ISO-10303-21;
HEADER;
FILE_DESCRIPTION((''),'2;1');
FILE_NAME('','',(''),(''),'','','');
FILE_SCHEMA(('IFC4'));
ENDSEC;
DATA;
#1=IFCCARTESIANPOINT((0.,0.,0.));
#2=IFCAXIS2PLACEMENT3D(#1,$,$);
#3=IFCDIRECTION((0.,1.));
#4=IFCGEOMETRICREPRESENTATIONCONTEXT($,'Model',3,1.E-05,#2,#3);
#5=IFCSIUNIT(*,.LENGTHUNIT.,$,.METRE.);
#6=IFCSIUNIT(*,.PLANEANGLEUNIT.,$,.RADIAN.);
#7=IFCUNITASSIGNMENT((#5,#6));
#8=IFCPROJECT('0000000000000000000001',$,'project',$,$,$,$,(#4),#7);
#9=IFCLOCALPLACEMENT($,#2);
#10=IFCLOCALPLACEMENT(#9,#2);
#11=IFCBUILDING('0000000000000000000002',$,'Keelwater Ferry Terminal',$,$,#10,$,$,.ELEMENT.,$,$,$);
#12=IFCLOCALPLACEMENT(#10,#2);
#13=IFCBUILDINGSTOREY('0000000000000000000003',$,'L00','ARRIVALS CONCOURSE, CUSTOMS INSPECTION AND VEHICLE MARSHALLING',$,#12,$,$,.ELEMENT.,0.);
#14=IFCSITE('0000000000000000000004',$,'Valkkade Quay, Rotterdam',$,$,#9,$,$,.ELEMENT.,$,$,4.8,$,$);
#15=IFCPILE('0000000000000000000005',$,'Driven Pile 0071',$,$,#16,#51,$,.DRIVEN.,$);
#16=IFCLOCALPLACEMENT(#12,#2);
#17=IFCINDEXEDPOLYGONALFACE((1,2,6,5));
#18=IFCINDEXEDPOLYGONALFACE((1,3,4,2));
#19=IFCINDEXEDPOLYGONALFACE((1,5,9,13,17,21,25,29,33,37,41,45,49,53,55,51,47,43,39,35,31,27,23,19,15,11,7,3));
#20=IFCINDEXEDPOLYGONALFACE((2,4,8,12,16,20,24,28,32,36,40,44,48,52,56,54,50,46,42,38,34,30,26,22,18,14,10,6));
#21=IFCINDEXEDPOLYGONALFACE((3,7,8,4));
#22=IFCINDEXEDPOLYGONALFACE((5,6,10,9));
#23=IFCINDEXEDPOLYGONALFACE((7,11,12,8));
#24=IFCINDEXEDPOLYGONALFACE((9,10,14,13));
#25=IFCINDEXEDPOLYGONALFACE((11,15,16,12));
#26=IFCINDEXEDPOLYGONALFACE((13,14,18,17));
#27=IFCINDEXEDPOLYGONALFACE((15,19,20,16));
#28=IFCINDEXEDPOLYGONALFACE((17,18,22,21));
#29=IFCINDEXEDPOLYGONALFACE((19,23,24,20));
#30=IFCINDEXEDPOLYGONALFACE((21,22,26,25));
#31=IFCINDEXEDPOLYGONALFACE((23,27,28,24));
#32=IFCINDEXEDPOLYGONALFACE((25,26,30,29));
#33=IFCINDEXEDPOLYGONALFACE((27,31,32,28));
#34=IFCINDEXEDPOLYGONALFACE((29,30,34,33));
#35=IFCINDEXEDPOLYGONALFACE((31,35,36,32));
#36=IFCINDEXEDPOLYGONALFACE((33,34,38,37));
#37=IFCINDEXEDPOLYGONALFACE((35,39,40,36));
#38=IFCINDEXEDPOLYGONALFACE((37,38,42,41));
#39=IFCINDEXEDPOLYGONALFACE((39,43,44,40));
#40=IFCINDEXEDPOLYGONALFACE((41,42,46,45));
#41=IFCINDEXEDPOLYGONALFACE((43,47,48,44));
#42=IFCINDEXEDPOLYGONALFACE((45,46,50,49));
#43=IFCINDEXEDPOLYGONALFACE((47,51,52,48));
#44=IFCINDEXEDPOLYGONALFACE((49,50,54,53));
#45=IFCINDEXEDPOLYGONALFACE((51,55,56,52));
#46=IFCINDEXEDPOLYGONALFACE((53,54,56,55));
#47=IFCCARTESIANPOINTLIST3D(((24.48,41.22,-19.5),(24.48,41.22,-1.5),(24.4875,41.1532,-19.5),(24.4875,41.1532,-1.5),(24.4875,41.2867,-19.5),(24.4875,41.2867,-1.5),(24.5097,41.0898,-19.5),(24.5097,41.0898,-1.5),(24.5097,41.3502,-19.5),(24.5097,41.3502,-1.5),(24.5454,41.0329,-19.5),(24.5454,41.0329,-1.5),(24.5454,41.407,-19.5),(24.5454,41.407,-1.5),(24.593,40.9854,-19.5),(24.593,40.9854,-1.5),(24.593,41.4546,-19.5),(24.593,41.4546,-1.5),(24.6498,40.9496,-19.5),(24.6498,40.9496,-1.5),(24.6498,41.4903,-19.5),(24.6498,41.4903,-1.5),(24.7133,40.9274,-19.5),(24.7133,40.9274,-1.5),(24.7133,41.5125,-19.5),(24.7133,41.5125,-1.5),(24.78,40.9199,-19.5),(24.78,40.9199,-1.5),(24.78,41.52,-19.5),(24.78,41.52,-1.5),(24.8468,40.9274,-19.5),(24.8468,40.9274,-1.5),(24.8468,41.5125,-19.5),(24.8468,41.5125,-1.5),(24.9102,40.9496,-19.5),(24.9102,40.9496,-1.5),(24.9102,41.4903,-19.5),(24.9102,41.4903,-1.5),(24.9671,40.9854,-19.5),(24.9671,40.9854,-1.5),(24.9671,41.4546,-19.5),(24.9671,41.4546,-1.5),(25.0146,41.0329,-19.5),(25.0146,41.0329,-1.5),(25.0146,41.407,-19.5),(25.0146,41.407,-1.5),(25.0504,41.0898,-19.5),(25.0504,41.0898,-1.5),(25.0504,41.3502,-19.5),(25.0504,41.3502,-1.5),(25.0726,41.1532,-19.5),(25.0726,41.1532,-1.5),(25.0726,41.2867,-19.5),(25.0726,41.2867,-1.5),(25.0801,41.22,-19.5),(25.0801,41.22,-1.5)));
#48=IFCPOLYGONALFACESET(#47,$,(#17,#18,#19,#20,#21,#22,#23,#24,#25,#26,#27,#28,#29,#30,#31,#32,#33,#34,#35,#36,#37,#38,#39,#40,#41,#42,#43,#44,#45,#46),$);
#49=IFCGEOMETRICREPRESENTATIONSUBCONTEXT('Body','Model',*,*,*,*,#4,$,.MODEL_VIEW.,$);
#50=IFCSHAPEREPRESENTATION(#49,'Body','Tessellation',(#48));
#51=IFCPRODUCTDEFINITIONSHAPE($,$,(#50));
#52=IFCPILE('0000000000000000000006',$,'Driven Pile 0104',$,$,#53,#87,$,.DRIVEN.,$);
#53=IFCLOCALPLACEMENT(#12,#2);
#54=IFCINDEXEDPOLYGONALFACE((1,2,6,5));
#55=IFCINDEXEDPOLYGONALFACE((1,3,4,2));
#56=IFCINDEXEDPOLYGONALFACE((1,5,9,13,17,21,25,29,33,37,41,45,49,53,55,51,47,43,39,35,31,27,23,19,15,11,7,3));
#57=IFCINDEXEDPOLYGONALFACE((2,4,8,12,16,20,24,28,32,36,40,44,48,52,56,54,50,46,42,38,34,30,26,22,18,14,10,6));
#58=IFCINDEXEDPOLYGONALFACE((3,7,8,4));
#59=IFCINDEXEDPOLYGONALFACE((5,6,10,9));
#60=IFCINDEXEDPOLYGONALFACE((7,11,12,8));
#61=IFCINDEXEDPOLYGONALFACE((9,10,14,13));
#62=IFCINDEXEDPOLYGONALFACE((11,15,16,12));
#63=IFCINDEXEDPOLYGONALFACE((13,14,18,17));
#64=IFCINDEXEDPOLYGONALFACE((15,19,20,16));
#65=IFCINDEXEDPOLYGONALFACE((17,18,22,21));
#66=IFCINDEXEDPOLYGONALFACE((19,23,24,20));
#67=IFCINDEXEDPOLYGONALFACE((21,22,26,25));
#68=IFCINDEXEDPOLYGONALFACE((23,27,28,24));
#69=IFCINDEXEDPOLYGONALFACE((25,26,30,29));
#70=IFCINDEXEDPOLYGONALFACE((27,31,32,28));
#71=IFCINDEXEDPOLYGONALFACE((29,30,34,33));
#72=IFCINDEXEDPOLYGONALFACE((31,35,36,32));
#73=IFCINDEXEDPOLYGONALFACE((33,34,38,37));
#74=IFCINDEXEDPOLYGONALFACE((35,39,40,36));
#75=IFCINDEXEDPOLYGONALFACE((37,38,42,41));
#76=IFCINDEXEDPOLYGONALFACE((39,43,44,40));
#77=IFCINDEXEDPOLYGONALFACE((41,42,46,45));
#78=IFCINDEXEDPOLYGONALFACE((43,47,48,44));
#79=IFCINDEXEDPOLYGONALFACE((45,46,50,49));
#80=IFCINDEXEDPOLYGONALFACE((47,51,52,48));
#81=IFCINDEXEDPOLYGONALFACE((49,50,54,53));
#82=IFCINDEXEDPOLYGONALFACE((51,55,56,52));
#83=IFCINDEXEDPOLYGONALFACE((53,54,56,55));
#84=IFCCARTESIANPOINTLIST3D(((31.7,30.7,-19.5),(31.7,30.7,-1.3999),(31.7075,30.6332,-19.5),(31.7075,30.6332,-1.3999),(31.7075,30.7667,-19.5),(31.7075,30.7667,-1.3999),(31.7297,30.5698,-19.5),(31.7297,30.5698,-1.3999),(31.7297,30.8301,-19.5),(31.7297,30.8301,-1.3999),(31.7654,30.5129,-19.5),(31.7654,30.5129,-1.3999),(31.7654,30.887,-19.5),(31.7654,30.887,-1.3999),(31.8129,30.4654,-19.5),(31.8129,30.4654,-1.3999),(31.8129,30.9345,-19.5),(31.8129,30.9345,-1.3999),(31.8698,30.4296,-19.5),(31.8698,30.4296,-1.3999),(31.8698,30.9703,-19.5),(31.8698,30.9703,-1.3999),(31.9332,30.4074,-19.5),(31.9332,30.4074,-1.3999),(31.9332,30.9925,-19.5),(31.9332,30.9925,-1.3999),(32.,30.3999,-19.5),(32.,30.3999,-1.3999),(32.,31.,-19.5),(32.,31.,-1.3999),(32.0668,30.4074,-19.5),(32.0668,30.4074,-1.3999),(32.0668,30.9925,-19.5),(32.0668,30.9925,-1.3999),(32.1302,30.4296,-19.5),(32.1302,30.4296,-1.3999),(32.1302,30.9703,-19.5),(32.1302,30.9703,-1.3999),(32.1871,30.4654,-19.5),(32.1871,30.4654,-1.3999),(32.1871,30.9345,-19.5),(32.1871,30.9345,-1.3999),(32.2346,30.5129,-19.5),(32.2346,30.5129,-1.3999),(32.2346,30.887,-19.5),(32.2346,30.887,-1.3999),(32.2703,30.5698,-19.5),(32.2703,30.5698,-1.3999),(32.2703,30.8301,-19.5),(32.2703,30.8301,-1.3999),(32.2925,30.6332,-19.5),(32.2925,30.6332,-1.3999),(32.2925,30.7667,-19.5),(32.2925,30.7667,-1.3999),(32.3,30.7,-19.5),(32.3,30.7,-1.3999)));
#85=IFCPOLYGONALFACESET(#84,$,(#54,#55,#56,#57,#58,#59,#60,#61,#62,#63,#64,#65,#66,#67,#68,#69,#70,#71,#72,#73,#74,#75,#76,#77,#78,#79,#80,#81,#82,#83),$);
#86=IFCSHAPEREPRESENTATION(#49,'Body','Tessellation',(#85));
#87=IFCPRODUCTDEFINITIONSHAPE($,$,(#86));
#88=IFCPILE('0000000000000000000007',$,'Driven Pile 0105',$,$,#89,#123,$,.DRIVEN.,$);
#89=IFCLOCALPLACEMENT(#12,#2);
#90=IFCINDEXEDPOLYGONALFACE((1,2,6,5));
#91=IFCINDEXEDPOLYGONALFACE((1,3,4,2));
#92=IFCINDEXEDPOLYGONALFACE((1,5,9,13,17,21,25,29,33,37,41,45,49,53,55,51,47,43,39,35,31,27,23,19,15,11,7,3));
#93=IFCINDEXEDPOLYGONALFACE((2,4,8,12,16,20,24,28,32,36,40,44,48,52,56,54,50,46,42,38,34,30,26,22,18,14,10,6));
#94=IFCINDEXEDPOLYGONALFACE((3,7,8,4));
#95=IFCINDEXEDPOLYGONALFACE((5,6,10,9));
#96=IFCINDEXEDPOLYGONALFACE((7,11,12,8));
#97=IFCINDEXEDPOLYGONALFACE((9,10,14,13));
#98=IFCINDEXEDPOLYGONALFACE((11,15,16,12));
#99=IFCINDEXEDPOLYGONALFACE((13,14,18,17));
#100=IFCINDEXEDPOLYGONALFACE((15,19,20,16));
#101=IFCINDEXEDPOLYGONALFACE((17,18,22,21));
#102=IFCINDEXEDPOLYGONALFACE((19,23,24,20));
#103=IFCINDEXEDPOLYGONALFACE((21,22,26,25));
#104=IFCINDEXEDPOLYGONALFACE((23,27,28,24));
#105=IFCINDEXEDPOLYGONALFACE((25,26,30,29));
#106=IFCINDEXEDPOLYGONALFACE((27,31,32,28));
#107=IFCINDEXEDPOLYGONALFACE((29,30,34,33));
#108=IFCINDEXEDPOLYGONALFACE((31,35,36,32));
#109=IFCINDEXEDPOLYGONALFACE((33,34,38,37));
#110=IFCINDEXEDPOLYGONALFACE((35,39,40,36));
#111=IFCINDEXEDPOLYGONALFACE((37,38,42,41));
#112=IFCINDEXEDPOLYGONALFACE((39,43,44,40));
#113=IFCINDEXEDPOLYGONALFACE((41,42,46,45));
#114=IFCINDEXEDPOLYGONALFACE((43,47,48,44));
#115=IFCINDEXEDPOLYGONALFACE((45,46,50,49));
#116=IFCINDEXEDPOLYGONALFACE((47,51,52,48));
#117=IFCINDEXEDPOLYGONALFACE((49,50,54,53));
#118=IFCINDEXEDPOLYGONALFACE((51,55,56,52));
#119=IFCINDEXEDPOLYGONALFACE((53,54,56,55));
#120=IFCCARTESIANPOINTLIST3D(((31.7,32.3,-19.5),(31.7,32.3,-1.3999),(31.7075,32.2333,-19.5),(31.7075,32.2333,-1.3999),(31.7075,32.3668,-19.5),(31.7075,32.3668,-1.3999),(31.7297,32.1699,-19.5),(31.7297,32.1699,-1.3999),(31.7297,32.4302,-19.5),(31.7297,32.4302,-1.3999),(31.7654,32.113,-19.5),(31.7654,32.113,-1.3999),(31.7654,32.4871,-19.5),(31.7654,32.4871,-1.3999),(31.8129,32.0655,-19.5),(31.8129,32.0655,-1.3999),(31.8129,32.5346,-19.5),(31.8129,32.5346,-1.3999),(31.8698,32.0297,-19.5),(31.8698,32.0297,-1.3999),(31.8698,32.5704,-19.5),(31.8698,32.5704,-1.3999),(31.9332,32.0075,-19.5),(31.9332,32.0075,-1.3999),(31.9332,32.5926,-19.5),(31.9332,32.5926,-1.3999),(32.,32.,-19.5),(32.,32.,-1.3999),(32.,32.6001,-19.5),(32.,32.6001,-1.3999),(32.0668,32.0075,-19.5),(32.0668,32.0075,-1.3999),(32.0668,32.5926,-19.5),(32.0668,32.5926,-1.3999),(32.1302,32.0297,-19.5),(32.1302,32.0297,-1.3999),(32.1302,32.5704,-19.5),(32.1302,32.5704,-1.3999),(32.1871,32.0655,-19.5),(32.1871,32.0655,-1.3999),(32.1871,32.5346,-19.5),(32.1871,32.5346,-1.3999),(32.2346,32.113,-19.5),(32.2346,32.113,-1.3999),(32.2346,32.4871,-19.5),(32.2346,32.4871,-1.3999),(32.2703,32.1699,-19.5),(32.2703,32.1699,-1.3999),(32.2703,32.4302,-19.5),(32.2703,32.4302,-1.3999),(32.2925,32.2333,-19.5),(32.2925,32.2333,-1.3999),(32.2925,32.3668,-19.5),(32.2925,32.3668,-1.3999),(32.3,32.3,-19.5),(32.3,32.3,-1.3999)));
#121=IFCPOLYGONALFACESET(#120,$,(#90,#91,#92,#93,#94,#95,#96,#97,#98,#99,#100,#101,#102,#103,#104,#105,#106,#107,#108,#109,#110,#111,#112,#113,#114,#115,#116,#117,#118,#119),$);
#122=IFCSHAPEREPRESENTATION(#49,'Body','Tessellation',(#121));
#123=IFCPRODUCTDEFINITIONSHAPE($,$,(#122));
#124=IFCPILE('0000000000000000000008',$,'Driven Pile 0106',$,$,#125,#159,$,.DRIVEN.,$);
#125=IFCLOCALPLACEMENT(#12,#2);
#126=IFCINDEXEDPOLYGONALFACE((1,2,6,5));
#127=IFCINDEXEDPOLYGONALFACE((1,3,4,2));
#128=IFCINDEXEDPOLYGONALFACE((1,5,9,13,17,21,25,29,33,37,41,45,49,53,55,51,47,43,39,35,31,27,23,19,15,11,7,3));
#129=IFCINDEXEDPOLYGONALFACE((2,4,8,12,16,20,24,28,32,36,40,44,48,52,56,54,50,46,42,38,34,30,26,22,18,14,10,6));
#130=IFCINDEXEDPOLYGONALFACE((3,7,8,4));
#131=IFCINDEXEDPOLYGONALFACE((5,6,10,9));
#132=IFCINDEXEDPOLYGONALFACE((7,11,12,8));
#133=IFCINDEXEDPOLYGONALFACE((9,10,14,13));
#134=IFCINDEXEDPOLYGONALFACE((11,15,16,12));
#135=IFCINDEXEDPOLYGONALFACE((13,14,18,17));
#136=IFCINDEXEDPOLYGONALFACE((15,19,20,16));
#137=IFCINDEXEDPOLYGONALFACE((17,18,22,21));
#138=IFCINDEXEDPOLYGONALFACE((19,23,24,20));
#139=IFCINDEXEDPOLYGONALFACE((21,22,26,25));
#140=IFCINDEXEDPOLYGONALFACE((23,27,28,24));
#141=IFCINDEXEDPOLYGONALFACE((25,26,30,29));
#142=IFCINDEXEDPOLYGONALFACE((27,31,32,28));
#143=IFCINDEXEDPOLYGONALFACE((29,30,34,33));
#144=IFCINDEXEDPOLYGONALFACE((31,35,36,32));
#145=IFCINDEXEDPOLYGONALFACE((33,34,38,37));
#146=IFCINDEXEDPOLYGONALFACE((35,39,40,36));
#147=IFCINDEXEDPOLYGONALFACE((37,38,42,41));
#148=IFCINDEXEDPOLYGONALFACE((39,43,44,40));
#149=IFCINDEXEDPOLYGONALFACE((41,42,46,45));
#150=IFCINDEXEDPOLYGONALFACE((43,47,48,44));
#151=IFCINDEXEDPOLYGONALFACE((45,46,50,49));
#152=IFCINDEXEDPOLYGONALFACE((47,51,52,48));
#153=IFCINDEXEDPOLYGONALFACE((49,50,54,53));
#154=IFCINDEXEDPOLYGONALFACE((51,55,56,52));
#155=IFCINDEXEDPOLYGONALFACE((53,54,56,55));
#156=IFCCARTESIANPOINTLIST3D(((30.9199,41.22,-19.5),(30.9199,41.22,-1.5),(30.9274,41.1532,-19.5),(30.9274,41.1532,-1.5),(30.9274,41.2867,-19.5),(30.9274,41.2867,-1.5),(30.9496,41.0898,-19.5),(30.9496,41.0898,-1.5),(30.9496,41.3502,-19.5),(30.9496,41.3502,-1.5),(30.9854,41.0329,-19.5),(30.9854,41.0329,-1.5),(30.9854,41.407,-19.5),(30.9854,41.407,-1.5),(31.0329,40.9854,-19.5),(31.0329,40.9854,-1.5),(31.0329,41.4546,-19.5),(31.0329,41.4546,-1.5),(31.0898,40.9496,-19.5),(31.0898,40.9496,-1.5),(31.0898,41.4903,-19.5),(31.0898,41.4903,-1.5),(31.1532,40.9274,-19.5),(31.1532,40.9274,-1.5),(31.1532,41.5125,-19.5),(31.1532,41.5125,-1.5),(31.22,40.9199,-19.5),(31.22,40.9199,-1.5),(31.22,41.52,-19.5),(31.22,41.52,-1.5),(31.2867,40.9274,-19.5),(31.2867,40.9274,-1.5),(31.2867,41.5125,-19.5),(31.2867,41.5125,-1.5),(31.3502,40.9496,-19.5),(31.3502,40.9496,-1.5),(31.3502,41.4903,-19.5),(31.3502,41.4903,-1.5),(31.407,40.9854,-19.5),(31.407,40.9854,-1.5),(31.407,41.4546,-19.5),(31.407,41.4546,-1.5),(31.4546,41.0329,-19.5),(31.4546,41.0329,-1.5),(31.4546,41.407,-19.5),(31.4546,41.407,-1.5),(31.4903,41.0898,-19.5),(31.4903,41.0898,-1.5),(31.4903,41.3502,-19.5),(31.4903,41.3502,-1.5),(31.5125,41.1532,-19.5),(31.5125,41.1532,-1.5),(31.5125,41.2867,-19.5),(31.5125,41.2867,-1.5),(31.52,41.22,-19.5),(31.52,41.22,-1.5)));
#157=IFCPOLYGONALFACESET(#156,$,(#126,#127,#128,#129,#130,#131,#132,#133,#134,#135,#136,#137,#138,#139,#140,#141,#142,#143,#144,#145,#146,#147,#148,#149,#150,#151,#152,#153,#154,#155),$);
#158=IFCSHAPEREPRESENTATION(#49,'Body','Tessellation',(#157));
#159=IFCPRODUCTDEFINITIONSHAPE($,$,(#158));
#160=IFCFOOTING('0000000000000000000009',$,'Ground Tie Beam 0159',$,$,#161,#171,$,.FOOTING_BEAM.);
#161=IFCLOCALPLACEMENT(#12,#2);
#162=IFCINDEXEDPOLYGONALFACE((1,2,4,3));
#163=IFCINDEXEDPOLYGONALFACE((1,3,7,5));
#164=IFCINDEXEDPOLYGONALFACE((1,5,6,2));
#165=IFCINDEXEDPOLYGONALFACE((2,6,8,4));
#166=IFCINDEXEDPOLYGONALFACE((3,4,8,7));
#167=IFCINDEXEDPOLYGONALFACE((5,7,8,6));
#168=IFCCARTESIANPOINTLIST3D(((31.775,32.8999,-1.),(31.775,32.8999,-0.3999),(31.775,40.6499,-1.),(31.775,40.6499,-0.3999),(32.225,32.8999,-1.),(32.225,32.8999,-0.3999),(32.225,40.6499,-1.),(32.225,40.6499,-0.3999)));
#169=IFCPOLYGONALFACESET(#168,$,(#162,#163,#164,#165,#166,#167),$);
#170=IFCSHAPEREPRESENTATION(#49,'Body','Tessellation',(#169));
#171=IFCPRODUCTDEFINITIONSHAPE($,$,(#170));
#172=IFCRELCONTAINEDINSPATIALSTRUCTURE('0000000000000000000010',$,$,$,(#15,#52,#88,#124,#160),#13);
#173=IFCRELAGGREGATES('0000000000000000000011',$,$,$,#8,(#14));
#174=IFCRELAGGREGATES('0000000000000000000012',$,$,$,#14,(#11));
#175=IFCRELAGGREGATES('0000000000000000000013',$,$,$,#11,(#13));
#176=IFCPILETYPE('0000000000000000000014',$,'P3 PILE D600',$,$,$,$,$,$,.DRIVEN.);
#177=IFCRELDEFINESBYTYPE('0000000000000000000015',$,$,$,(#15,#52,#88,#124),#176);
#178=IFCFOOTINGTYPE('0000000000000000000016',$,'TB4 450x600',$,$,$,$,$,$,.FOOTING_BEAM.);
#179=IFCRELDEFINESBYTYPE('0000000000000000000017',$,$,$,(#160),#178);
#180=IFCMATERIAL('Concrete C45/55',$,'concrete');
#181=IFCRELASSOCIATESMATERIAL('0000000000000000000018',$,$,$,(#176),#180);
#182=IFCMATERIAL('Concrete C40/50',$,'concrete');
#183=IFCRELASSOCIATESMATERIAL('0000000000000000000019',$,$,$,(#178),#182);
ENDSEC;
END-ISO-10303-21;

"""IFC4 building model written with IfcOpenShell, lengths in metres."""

from ifc_helpers import new_model, si_unit, direction, frame, origin, origin_2d, place, context, subcontext, project, spatial, rectangle, circle, extrude, material, material_profile, profile_set, type_object, element, save


model = new_model("IFC4")

# Units and contexts
model_context = context("Model", 3, precision=1e-05, world=origin(), true_north=direction((0.0, 1.0)))
body_context = subcontext(model_context, "Body", "Model", "MODEL_VIEW")
ifc_project = project(units=[si_unit("LENGTHUNIT", "METRE"), si_unit("PLANEANGLEUNIT", "RADIAN")], contexts=[model_context])

# Site, building, storey
site_placement = place(None, origin())
site = spatial("IfcSite", under=ifc_project, at=site_placement, Name="Valkkade Quay, Rotterdam", CompositionType="ELEMENT", RefElevation=4.8)
building_placement = place(site_placement, origin())
building = spatial("IfcBuilding", under=site, at=building_placement, Name="Keelwater Ferry Terminal", CompositionType="ELEMENT")
storey_placement = place(building_placement, origin())
storey = spatial("IfcBuildingStorey", under=building, at=storey_placement, Name="L00", Description="ARRIVALS CONCOURSE, CUSTOMS INSPECTION AND VEHICLE MARSHALLING", CompositionType="ELEMENT", Elevation=0.0)

# Piles
ifc_material_1 = material(Name="Concrete C45/55", Category="concrete")
ifc_material_profile_1 = material_profile(ifc_material_1, circle(Radius=0.3, at=origin_2d()), Name="PILE D600")
ifc_profile_set_1 = profile_set([ifc_material_profile_1], Name="Concrete C45/55")
pile_type = type_object("IfcPileType", Name="P3 PILE D600", PredefinedType="DRIVEN", material=ifc_profile_set_1)
pile_1_placement = place(storey_placement, frame((24.78, 41.22, -1.5), z_axis=(0.0, 0.0, -1.0), x_axis=(1.0, 0.0, 0.0)))
element("IfcPile", 1, at=pile_1_placement, inside=storey, type_object=pile_type, Name="Driven Pile 0071", PredefinedType="DRIVEN", context=body_context, shape_type="SweptSolid", body=[
    extrude(circle(Radius=0.3, at=origin_2d()), origin(), (0.0, 0.0, 1.0), 18.0),
])
for number, where, z_axis, x_axis, name in (
    (2, (32.0, 30.7, -1.3999), (0.0, 0.0, -1.0), (1.0, 0.0, 0.0), "Driven Pile 0104"),
    (3, (32.0, 32.3, -1.3999), (0.0, 0.0, -1.0), (1.0, 0.0, 0.0), "Driven Pile 0105"),
):
    element("IfcPile", number, at=place(storey_placement, frame(where, z_axis=z_axis, x_axis=x_axis)), inside=storey, type_object=pile_type, Name=name, PredefinedType="DRIVEN", context=body_context, shape_type="SweptSolid", body=[
        extrude(circle(Radius=0.3, at=origin_2d()), origin(), (0.0, 0.0, 1.0), 18.1001),
    ])
pile_2_placement = place(storey_placement, frame((31.22, 41.22, -1.5), z_axis=(0.0, 0.0, -1.0), x_axis=(1.0, 0.0, 0.0)))
element("IfcPile", 4, at=pile_2_placement, inside=storey, type_object=pile_type, Name="Driven Pile 0106", PredefinedType="DRIVEN", context=body_context, shape_type="SweptSolid", body=[
    extrude(circle(Radius=0.3, at=origin_2d()), origin(), (0.0, 0.0, 1.0), 18.0),
])

# Footing
ifc_material_2 = material(Name="Concrete C40/50", Category="concrete")
ifc_material_profile_2 = material_profile(ifc_material_2, rectangle(XDim=0.45, YDim=0.6001, at=origin_2d()), Name="TB 450x600")
ifc_profile_set_2 = profile_set([ifc_material_profile_2], Name="Concrete C40/50")
footing_type = type_object("IfcFootingType", Name="TB4 450x600", PredefinedType="FOOTING_BEAM", material=ifc_profile_set_2)
footing_placement = place(storey_placement, frame((32.0, 32.8999, -0.7), z_axis=(0.0, 1.0, 0.0), x_axis=(-1.0, 0.0, 0.0)))
element("IfcFooting", 5, at=footing_placement, inside=storey, type_object=footing_type, Name="Ground Tie Beam 0159", PredefinedType="FOOTING_BEAM", context=body_context, shape_type="SweptSolid", body=[
    extrude(rectangle(XDim=0.45, YDim=0.6001, at=origin_2d()), origin(), (0.0, 0.0, 1.0), 7.75),
])

save(model, "model.ifc")
